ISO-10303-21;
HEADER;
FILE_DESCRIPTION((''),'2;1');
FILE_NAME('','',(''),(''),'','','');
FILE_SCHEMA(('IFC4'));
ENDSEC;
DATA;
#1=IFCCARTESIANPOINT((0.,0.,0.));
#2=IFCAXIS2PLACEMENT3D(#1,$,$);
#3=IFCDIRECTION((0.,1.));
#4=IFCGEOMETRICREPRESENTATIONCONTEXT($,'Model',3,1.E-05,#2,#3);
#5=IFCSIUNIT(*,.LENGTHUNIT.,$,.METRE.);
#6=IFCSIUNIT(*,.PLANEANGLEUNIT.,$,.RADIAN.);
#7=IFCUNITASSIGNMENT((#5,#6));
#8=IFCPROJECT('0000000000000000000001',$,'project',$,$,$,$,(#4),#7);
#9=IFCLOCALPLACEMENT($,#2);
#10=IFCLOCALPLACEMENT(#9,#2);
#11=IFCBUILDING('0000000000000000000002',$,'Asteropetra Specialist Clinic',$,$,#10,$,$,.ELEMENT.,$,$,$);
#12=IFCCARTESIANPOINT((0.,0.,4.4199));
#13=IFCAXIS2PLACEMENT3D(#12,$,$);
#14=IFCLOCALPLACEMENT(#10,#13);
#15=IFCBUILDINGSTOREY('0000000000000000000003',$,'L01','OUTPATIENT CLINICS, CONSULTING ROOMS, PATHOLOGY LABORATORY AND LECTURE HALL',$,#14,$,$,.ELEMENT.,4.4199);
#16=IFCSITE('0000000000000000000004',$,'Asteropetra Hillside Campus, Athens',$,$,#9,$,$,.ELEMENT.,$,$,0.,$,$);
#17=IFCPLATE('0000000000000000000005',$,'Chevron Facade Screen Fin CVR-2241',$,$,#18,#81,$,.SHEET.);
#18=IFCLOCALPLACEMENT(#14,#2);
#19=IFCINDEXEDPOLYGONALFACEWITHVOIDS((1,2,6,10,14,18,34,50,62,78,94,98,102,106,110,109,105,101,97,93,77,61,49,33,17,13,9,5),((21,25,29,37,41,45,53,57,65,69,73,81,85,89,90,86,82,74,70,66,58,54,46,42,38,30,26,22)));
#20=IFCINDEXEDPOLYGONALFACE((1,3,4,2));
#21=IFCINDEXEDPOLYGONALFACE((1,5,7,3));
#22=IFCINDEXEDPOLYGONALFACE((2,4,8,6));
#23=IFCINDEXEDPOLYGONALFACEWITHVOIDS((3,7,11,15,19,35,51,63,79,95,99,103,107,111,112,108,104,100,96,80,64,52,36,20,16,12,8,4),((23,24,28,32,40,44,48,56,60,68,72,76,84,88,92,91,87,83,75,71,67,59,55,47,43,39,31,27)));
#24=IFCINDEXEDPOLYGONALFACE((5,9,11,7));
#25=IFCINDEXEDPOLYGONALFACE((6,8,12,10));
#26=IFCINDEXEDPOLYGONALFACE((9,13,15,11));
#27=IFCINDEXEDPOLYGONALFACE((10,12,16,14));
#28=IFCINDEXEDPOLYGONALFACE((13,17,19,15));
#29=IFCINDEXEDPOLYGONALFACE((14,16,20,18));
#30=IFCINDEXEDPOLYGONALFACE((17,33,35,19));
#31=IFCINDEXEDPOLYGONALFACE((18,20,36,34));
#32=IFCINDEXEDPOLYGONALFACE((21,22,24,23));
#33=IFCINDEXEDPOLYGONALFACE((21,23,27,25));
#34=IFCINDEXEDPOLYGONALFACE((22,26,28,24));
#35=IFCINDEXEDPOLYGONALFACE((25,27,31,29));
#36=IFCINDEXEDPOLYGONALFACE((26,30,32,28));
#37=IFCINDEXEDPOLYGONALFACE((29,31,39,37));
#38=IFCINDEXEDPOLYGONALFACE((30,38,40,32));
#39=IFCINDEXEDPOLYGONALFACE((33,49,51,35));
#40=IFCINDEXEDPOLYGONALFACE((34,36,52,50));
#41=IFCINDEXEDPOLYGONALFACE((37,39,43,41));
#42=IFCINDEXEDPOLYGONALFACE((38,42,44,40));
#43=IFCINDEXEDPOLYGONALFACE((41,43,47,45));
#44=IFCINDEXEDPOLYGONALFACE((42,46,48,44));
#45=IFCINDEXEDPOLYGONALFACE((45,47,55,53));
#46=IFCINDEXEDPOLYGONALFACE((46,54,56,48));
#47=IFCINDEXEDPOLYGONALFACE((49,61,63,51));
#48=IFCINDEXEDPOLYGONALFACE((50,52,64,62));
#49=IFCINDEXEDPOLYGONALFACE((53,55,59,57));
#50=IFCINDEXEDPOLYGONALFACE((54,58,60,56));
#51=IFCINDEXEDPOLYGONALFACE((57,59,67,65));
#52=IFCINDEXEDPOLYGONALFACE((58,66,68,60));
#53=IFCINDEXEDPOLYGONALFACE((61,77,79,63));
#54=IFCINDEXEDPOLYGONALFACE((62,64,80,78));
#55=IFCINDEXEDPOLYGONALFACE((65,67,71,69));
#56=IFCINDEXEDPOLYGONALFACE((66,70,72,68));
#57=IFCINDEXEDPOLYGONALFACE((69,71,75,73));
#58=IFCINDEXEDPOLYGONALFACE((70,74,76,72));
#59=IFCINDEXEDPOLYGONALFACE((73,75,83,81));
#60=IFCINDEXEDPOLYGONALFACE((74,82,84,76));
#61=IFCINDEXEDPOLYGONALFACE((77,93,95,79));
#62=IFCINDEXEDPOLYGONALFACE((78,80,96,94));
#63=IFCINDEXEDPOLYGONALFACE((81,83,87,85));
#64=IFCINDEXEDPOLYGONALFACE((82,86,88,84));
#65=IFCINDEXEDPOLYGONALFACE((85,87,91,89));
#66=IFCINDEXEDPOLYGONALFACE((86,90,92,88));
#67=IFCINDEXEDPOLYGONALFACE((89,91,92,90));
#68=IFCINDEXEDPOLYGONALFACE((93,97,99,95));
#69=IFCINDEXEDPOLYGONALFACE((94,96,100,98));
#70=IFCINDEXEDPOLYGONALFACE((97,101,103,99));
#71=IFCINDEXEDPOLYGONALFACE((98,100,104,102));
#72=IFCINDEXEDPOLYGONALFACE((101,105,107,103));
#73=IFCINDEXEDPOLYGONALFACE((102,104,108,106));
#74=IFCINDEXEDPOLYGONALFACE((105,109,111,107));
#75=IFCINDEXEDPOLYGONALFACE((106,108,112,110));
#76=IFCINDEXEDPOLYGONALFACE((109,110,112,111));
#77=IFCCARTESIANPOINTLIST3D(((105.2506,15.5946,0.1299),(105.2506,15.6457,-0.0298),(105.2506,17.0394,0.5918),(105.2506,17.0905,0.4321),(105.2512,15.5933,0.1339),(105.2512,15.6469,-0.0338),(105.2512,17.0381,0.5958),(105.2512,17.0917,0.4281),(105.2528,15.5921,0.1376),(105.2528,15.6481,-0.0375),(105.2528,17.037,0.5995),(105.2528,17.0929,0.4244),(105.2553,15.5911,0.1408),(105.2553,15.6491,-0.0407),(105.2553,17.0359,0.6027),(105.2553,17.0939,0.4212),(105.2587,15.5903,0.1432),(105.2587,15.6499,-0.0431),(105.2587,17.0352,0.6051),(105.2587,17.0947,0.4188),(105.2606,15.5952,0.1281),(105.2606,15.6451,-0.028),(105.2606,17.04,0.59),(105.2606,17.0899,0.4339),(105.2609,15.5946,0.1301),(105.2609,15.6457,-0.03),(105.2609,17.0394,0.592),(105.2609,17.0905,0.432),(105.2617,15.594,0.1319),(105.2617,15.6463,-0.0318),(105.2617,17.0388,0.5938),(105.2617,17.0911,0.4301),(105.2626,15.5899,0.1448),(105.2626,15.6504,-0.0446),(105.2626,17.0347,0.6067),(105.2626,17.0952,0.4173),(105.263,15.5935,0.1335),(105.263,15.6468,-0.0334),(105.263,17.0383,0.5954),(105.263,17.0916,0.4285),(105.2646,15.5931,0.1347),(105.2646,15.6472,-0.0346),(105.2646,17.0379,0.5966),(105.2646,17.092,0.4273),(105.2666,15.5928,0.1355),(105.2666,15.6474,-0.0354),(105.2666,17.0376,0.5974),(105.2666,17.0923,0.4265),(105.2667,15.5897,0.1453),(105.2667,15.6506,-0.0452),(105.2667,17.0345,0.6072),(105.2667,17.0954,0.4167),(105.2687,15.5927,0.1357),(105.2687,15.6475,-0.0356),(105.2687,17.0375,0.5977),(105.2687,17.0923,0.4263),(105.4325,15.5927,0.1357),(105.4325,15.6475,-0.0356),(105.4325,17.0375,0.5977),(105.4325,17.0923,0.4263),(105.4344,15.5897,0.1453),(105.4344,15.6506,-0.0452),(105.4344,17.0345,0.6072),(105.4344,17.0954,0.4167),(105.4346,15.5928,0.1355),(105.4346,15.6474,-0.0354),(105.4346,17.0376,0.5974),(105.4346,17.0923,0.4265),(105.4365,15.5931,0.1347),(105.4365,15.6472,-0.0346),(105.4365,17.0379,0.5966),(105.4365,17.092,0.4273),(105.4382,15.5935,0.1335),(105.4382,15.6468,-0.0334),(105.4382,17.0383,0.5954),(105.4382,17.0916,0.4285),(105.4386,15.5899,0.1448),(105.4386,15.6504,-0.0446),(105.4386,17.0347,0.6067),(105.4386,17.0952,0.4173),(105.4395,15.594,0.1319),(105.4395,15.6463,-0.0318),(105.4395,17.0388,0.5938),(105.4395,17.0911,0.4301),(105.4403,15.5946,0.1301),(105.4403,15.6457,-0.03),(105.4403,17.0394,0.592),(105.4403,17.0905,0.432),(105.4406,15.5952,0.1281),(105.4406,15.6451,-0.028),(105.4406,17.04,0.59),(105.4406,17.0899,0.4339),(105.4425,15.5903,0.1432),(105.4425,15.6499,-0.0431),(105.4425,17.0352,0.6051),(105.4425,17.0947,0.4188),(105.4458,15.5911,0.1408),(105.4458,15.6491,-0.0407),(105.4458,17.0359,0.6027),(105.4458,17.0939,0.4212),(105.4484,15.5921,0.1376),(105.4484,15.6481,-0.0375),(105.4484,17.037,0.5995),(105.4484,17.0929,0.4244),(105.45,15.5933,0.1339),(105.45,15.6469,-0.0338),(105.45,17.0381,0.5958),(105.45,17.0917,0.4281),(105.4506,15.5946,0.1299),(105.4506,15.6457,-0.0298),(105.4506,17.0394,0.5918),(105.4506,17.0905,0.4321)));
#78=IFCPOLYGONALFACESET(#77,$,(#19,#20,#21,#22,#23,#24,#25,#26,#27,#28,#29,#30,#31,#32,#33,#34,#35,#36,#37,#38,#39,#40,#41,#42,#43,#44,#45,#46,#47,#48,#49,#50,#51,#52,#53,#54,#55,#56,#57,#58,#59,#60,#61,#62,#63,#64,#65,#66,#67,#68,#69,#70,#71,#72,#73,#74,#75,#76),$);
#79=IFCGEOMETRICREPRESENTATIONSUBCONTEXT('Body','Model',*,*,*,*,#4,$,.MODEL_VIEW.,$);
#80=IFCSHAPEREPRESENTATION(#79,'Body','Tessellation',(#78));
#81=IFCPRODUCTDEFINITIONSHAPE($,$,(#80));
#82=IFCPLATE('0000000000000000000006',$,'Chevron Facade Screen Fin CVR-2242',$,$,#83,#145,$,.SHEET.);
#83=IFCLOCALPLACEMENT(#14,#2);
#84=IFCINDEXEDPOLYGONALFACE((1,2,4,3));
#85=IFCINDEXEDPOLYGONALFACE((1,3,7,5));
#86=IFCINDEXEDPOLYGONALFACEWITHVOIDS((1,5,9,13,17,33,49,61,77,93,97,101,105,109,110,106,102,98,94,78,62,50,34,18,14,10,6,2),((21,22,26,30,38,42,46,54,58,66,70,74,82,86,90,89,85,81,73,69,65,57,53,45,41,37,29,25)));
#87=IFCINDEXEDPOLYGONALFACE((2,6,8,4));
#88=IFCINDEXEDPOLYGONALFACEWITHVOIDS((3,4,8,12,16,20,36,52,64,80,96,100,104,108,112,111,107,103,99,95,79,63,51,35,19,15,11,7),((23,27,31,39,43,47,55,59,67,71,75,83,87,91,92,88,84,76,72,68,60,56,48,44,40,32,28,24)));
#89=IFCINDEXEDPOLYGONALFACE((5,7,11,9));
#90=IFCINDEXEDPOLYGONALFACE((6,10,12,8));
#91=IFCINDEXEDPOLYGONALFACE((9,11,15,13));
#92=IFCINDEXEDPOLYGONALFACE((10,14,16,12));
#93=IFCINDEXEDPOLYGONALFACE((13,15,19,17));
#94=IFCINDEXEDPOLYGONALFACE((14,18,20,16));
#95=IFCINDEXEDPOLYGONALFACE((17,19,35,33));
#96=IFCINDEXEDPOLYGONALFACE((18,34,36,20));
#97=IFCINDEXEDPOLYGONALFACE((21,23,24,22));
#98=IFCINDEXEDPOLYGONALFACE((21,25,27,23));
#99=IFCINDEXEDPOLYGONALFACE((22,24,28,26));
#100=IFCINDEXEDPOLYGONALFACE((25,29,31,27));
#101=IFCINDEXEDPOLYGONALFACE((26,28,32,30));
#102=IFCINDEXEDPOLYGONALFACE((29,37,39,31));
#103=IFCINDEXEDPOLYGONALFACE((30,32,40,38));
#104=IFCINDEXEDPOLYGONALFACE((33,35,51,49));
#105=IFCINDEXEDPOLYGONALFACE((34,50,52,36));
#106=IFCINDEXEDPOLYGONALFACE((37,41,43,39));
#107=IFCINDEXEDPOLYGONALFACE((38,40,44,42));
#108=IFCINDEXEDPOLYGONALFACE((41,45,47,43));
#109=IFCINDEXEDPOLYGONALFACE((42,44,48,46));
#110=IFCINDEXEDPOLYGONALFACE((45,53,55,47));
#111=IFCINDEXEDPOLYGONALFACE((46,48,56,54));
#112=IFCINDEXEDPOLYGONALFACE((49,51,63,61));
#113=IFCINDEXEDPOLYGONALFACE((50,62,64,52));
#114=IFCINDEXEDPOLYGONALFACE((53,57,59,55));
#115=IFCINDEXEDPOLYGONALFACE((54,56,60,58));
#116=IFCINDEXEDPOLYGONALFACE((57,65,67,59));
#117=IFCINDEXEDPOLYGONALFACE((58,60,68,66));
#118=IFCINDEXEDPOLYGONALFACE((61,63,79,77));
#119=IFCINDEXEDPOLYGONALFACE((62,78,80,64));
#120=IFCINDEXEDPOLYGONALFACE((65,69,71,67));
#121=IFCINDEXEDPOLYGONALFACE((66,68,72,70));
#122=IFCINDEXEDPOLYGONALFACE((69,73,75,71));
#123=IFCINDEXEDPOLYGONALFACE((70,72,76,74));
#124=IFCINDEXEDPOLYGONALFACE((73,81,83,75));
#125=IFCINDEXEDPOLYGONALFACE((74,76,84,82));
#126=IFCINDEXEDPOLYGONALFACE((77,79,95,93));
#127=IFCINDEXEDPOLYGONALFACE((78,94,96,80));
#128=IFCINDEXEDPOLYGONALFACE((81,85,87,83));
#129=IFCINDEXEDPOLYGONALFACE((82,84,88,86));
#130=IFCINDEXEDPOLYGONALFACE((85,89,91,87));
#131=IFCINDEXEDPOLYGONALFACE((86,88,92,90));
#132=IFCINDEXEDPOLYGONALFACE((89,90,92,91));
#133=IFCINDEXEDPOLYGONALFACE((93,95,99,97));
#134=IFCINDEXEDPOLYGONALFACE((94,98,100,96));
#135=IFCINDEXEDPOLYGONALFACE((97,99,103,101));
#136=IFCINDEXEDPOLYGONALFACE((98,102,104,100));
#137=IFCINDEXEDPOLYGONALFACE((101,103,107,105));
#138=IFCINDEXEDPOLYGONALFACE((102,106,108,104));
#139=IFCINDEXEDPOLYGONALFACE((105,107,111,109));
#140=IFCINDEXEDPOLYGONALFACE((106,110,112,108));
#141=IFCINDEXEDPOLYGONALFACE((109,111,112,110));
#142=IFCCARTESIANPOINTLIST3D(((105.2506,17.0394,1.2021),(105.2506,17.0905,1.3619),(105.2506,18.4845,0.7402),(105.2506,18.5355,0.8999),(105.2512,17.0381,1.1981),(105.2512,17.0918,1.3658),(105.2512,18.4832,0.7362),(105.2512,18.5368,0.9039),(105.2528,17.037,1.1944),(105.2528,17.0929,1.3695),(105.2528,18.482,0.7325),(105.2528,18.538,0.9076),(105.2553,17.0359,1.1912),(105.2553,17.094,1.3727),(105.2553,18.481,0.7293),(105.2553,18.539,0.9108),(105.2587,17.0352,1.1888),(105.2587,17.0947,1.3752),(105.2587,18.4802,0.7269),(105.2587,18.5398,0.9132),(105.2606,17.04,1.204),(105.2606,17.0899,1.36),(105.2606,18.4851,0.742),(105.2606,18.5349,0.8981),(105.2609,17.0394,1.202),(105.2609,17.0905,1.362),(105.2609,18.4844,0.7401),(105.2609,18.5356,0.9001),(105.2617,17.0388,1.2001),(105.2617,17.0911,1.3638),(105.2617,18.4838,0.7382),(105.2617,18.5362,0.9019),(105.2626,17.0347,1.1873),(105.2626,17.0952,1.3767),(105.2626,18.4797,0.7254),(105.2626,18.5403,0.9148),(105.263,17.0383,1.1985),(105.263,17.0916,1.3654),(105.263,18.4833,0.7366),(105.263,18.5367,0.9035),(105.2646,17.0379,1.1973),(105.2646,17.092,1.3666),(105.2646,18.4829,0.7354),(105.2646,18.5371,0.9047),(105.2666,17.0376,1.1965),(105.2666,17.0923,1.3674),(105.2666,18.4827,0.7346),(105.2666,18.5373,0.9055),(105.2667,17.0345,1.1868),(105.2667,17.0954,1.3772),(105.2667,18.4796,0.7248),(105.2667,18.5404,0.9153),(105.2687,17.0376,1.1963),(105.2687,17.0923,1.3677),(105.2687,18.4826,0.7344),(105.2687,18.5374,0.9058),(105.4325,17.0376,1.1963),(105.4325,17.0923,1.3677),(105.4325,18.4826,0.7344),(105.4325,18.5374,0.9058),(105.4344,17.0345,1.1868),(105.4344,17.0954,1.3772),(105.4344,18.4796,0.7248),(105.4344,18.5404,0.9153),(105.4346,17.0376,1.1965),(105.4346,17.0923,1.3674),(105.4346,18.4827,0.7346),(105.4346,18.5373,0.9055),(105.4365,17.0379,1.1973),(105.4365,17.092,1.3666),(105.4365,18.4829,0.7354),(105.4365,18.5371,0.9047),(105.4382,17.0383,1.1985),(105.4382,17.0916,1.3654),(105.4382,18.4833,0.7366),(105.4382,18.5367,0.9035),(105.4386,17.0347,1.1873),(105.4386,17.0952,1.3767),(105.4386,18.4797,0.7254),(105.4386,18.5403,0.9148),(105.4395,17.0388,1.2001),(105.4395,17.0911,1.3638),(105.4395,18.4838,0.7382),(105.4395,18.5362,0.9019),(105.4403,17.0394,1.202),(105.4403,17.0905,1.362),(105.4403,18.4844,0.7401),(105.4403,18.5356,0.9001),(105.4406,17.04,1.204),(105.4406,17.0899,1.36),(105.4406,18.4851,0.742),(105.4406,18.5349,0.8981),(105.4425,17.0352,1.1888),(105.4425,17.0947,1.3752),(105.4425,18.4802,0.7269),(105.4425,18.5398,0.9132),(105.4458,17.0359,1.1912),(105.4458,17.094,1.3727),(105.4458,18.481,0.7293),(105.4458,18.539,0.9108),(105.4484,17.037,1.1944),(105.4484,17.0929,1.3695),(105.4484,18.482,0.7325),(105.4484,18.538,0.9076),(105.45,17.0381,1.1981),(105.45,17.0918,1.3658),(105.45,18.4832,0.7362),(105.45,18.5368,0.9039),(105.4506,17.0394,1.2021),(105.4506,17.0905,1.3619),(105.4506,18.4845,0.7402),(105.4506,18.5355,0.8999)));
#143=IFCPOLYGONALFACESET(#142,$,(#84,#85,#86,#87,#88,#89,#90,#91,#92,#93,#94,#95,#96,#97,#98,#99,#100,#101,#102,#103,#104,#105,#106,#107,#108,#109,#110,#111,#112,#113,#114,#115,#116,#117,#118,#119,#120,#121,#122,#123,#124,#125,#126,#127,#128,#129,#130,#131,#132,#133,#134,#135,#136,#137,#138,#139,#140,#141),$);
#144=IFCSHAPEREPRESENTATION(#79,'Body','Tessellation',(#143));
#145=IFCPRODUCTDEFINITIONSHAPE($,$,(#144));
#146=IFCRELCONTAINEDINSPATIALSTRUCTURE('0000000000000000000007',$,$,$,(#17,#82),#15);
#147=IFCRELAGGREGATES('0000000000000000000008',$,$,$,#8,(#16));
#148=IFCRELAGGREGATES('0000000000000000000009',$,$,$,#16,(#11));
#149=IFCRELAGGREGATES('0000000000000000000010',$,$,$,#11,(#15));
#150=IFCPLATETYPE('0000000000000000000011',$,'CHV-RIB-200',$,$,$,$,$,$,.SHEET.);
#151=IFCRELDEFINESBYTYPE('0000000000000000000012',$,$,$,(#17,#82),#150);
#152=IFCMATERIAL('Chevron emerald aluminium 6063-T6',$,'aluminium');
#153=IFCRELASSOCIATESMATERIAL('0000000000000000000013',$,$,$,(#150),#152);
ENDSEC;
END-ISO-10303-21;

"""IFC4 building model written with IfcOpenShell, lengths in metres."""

from ifc_helpers import new_model, si_unit, direction, frame, origin, origin_2d, place, context, subcontext, project, spatial, hollow_rectangle, extrude, material, material_profile, profile_set, type_object, element, save


model = new_model("IFC4")

# Units and contexts
model_context = context("Model", 3, precision=1e-05, world=origin(), true_north=direction((0.0, 1.0)))
body_context = subcontext(model_context, "Body", "Model", "MODEL_VIEW")
ifc_project = project(units=[si_unit("LENGTHUNIT", "METRE"), si_unit("PLANEANGLEUNIT", "RADIAN")], contexts=[model_context])

# Site, building, storey
site_placement = place(None, origin())
site = spatial("IfcSite", under=ifc_project, at=site_placement, Name="Asteropetra Hillside Campus, Athens", CompositionType="ELEMENT", RefElevation=0.0)
building_placement = place(site_placement, origin())
building = spatial("IfcBuilding", under=site, at=building_placement, Name="Asteropetra Specialist Clinic", CompositionType="ELEMENT")
storey_placement = place(building_placement, frame((0.0, 0.0, 4.4199)))
storey = spatial("IfcBuildingStorey", under=building, at=storey_placement, Name="L01", Description="OUTPATIENT CLINICS, CONSULTING ROOMS, PATHOLOGY LABORATORY AND LECTURE HALL", CompositionType="ELEMENT", Elevation=4.4199)

# Plates
ifc_material_1 = material(Name="Chevron emerald aluminium 6063-T6", Category="aluminium")
ifc_material_profile = material_profile(ifc_material_1, hollow_rectangle(XDim=0.2, YDim=0.2, WallThickness=0.01, InnerFilletRadius=0.0081, OuterFilletRadius=0.0161, at=origin_2d()), Name="SHS 200x200x10.0")
ifc_profile_set = profile_set([ifc_material_profile], Name="Chevron emerald aluminium 6063-T6")
plate_type = type_object("IfcPlateType", Name="CHV-RIB-200", PredefinedType="SHEET", material=ifc_profile_set)
plate_1_placement = place(storey_placement, frame((105.3506, 17.0649, 0.512), z_axis=(0.0, -0.952506, -0.304519), x_axis=(1.0, 0.0, 0.0)))
element("IfcPlate", 1, at=plate_1_placement, inside=storey, type_object=plate_type, Name="Chevron Facade Screen Fin CVR-2241", PredefinedType="SHEET", context=body_context, shape_type="SweptSolid", body=[
    extrude(hollow_rectangle(XDim=0.2, YDim=0.2, WallThickness=0.01, InnerFilletRadius=0.0081, OuterFilletRadius=0.0161, at=origin_2d()), origin(), (0.0, 0.0, 1.0), 1.5168),
])
plate_2_placement = place(storey_placement, frame((105.3506, 18.51, 0.8201), z_axis=(0.0, -0.952521, 0.304472), x_axis=(1.0, 0.0, 0.0)))
element("IfcPlate", 2, at=plate_2_placement, inside=storey, type_object=plate_type, Name="Chevron Facade Screen Fin CVR-2242", PredefinedType="SHEET", context=body_context, shape_type="SweptSolid", body=[
    extrude(hollow_rectangle(XDim=0.2, YDim=0.2, WallThickness=0.01, InnerFilletRadius=0.0081, OuterFilletRadius=0.0161, at=origin_2d()), origin(), (0.0, 0.0, 1.0), 1.5171),
])

save(model, "model.ifc")
